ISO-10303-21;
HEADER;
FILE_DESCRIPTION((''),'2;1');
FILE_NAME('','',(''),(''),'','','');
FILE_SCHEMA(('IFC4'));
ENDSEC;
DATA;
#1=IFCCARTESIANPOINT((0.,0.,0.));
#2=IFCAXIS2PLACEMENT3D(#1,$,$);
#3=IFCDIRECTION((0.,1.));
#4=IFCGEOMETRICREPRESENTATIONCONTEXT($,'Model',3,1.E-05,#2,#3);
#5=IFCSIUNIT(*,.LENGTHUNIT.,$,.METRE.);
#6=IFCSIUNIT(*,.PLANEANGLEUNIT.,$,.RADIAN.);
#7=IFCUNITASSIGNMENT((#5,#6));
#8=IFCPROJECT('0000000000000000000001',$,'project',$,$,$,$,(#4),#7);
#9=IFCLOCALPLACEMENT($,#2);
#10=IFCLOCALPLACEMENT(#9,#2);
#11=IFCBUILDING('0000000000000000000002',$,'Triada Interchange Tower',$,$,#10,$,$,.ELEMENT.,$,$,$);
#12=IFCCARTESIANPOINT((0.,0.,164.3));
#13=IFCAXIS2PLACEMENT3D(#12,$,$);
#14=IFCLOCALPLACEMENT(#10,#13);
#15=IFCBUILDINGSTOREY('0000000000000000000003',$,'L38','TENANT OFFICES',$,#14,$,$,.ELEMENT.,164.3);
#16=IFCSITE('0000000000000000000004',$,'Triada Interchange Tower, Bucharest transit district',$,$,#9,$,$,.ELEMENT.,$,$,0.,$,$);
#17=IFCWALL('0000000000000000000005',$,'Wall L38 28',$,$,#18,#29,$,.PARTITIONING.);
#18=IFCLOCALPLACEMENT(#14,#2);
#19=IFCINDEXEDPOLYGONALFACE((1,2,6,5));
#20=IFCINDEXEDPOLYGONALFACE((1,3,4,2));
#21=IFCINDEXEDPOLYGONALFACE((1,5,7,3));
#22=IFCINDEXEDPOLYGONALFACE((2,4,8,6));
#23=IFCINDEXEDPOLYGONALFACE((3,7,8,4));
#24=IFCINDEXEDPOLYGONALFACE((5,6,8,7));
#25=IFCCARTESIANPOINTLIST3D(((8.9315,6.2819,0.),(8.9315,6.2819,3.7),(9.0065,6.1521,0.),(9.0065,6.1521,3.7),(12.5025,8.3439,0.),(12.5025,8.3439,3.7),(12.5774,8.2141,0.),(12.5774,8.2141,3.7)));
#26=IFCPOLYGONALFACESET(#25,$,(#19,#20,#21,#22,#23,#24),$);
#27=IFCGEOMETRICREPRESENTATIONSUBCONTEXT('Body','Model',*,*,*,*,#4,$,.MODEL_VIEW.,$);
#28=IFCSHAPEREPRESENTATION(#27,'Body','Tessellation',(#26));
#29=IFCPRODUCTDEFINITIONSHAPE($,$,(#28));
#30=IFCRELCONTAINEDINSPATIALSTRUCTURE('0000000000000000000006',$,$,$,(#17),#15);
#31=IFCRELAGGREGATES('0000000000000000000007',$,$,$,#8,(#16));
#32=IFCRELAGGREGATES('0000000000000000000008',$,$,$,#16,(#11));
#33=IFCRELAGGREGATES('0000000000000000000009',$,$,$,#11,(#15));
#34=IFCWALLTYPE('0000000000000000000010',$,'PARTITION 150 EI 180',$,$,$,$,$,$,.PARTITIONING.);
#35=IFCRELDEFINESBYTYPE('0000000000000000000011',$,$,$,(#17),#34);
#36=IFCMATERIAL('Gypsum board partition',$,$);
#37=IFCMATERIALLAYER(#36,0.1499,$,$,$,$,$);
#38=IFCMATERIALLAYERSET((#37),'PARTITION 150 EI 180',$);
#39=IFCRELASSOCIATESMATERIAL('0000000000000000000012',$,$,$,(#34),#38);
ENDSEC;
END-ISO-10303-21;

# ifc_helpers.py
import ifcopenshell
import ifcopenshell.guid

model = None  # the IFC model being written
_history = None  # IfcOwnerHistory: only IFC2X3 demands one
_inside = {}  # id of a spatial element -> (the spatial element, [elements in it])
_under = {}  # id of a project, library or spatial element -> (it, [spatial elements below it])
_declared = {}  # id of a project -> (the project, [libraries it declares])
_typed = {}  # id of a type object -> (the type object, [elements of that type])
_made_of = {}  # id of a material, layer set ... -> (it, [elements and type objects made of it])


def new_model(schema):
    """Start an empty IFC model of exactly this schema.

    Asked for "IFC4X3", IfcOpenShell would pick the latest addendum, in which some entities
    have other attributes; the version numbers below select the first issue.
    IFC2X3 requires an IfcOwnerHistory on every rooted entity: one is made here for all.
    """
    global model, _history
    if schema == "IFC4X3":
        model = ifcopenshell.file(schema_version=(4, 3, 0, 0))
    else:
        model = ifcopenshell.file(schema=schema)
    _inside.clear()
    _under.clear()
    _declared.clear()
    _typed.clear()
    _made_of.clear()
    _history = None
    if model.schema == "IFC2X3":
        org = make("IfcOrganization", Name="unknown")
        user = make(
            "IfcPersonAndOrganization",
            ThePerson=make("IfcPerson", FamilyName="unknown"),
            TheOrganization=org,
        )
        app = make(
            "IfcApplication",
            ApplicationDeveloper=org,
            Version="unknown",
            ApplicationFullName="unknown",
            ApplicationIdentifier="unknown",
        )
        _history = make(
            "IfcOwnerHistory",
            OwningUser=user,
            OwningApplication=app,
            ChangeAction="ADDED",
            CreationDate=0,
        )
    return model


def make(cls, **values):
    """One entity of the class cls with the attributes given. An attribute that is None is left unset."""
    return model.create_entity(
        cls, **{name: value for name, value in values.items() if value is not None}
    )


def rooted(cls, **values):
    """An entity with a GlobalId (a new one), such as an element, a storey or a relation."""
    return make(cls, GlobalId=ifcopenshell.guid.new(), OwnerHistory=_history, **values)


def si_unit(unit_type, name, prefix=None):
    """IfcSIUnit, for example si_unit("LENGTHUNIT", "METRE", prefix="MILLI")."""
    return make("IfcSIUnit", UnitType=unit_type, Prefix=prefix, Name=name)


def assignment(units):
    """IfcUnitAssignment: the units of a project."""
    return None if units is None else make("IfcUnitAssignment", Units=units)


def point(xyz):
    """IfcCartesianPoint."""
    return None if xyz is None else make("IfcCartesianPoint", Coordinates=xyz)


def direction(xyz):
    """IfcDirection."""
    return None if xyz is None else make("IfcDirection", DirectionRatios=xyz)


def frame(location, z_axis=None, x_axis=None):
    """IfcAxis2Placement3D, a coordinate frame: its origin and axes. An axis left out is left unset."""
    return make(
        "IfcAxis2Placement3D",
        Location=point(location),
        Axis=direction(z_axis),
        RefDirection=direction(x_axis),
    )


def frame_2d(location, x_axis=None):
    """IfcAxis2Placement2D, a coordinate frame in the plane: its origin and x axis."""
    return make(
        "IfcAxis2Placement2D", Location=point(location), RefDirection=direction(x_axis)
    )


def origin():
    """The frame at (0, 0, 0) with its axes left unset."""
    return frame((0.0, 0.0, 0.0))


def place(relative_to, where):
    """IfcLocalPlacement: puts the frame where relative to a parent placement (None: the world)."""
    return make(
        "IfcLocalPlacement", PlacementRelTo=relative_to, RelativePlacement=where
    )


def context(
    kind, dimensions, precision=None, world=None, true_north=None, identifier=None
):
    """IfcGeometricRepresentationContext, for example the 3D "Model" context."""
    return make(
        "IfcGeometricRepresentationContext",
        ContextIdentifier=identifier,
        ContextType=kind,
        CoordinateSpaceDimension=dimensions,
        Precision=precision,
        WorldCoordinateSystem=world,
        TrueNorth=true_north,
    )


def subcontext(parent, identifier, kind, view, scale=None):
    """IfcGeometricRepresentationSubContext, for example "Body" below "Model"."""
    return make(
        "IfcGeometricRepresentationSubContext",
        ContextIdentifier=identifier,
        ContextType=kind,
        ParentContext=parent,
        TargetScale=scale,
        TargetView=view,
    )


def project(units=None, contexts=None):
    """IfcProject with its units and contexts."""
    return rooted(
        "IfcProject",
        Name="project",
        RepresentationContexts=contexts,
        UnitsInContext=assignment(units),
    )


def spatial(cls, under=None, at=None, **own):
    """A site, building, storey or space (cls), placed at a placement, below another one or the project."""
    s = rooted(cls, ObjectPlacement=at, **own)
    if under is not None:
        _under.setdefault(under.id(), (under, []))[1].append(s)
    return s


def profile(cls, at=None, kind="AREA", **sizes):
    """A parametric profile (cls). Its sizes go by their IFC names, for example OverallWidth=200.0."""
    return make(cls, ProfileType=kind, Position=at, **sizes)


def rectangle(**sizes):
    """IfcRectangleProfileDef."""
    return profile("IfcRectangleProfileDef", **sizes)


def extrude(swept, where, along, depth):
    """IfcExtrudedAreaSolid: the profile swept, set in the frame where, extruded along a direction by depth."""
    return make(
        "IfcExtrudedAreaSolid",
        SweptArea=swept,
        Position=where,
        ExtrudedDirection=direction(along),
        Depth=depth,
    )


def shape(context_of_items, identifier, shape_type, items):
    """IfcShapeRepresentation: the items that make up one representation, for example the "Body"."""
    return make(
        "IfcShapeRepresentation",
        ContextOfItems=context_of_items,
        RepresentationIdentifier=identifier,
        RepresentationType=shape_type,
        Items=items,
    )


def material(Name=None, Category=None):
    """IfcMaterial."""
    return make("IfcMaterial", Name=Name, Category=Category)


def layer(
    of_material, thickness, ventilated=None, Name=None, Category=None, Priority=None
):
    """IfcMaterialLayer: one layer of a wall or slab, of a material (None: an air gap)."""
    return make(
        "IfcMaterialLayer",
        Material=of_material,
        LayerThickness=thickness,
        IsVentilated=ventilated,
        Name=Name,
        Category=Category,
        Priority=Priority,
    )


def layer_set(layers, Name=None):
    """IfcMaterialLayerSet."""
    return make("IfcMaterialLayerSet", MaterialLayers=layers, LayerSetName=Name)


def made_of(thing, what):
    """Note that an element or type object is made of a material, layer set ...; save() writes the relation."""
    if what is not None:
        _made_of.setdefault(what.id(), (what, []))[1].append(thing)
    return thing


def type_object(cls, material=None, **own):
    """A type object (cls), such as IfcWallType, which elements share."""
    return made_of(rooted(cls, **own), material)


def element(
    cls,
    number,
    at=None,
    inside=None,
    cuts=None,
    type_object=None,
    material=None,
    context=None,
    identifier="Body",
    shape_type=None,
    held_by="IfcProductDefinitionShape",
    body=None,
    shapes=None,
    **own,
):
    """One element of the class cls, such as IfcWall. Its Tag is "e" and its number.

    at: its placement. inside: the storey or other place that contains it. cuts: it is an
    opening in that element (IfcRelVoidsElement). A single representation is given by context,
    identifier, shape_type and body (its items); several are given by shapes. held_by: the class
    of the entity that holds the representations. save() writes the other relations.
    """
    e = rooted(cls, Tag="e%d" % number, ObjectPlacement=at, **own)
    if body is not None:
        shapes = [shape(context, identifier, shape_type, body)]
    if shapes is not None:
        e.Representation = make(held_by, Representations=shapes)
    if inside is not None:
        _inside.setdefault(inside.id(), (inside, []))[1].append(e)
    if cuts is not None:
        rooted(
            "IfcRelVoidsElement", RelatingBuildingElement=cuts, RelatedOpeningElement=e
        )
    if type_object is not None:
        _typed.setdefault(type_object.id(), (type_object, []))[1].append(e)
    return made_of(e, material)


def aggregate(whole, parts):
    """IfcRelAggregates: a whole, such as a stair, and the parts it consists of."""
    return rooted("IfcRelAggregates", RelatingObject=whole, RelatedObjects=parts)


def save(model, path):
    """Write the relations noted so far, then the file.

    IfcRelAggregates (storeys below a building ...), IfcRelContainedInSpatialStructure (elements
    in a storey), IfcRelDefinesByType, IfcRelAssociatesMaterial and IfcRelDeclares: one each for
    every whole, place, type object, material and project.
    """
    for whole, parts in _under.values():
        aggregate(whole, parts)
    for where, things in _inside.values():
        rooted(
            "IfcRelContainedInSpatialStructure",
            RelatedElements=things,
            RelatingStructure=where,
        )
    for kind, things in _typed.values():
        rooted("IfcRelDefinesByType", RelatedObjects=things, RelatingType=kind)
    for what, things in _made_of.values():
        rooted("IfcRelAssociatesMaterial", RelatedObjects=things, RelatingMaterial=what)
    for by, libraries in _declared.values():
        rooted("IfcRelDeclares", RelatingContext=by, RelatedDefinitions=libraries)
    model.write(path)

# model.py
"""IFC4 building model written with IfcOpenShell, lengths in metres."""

from ifc_helpers import new_model, si_unit, direction, frame, frame_2d, origin, place, context, subcontext, project, spatial, rectangle, extrude, material, layer, layer_set, type_object, element, save


model = new_model("IFC4")

# Units and contexts
model_context = context("Model", 3, precision=1e-05, world=origin(), true_north=direction((0.0, 1.0)))
body_context = subcontext(model_context, "Body", "Model", "MODEL_VIEW")
ifc_project = project(units=[si_unit("LENGTHUNIT", "METRE"), si_unit("PLANEANGLEUNIT", "RADIAN")], contexts=[model_context])

# Site, building, storey
site_placement = place(None, origin())
site = spatial("IfcSite", under=ifc_project, at=site_placement, Name="Triada Interchange Tower, Bucharest transit district", CompositionType="ELEMENT", RefElevation=0.0)
building_placement = place(site_placement, origin())
building = spatial("IfcBuilding", under=site, at=building_placement, Name="Triada Interchange Tower", CompositionType="ELEMENT")
storey_placement = place(building_placement, frame((0.0, 0.0, 164.3)))
storey = spatial("IfcBuildingStorey", under=building, at=storey_placement, Name="L38", Description="TENANT OFFICES", CompositionType="ELEMENT", Elevation=164.3)

# Wall
ifc_material_1 = material(Name="Gypsum board partition")
ifc_layer_1 = layer(ifc_material_1, 0.1499)
ifc_layer_set_1 = layer_set([ifc_layer_1], Name="PARTITION 150 EI 180")
wall_type_1 = type_object("IfcWallType", Name="PARTITION 150 EI 180", PredefinedType="PARTITIONING", material=ifc_layer_set_1)
wall_1_placement = place(storey_placement, frame((8.969, 6.217, 0.0), z_axis=(0.0, 0.0, 1.0), x_axis=(0.865997, 0.500049, 0.0)))
element("IfcWall", 1, at=wall_1_placement, inside=storey, type_object=wall_type_1, Name="Wall L38 28", PredefinedType="PARTITIONING", context=body_context, shape_type="SweptSolid", body=[
    extrude(rectangle(XDim=4.1235, YDim=0.1499, at=frame_2d((2.0618, 0.0))), origin(), (0.0, 0.0, 1.0), 3.7),
])

save(model, "model.ifc")
